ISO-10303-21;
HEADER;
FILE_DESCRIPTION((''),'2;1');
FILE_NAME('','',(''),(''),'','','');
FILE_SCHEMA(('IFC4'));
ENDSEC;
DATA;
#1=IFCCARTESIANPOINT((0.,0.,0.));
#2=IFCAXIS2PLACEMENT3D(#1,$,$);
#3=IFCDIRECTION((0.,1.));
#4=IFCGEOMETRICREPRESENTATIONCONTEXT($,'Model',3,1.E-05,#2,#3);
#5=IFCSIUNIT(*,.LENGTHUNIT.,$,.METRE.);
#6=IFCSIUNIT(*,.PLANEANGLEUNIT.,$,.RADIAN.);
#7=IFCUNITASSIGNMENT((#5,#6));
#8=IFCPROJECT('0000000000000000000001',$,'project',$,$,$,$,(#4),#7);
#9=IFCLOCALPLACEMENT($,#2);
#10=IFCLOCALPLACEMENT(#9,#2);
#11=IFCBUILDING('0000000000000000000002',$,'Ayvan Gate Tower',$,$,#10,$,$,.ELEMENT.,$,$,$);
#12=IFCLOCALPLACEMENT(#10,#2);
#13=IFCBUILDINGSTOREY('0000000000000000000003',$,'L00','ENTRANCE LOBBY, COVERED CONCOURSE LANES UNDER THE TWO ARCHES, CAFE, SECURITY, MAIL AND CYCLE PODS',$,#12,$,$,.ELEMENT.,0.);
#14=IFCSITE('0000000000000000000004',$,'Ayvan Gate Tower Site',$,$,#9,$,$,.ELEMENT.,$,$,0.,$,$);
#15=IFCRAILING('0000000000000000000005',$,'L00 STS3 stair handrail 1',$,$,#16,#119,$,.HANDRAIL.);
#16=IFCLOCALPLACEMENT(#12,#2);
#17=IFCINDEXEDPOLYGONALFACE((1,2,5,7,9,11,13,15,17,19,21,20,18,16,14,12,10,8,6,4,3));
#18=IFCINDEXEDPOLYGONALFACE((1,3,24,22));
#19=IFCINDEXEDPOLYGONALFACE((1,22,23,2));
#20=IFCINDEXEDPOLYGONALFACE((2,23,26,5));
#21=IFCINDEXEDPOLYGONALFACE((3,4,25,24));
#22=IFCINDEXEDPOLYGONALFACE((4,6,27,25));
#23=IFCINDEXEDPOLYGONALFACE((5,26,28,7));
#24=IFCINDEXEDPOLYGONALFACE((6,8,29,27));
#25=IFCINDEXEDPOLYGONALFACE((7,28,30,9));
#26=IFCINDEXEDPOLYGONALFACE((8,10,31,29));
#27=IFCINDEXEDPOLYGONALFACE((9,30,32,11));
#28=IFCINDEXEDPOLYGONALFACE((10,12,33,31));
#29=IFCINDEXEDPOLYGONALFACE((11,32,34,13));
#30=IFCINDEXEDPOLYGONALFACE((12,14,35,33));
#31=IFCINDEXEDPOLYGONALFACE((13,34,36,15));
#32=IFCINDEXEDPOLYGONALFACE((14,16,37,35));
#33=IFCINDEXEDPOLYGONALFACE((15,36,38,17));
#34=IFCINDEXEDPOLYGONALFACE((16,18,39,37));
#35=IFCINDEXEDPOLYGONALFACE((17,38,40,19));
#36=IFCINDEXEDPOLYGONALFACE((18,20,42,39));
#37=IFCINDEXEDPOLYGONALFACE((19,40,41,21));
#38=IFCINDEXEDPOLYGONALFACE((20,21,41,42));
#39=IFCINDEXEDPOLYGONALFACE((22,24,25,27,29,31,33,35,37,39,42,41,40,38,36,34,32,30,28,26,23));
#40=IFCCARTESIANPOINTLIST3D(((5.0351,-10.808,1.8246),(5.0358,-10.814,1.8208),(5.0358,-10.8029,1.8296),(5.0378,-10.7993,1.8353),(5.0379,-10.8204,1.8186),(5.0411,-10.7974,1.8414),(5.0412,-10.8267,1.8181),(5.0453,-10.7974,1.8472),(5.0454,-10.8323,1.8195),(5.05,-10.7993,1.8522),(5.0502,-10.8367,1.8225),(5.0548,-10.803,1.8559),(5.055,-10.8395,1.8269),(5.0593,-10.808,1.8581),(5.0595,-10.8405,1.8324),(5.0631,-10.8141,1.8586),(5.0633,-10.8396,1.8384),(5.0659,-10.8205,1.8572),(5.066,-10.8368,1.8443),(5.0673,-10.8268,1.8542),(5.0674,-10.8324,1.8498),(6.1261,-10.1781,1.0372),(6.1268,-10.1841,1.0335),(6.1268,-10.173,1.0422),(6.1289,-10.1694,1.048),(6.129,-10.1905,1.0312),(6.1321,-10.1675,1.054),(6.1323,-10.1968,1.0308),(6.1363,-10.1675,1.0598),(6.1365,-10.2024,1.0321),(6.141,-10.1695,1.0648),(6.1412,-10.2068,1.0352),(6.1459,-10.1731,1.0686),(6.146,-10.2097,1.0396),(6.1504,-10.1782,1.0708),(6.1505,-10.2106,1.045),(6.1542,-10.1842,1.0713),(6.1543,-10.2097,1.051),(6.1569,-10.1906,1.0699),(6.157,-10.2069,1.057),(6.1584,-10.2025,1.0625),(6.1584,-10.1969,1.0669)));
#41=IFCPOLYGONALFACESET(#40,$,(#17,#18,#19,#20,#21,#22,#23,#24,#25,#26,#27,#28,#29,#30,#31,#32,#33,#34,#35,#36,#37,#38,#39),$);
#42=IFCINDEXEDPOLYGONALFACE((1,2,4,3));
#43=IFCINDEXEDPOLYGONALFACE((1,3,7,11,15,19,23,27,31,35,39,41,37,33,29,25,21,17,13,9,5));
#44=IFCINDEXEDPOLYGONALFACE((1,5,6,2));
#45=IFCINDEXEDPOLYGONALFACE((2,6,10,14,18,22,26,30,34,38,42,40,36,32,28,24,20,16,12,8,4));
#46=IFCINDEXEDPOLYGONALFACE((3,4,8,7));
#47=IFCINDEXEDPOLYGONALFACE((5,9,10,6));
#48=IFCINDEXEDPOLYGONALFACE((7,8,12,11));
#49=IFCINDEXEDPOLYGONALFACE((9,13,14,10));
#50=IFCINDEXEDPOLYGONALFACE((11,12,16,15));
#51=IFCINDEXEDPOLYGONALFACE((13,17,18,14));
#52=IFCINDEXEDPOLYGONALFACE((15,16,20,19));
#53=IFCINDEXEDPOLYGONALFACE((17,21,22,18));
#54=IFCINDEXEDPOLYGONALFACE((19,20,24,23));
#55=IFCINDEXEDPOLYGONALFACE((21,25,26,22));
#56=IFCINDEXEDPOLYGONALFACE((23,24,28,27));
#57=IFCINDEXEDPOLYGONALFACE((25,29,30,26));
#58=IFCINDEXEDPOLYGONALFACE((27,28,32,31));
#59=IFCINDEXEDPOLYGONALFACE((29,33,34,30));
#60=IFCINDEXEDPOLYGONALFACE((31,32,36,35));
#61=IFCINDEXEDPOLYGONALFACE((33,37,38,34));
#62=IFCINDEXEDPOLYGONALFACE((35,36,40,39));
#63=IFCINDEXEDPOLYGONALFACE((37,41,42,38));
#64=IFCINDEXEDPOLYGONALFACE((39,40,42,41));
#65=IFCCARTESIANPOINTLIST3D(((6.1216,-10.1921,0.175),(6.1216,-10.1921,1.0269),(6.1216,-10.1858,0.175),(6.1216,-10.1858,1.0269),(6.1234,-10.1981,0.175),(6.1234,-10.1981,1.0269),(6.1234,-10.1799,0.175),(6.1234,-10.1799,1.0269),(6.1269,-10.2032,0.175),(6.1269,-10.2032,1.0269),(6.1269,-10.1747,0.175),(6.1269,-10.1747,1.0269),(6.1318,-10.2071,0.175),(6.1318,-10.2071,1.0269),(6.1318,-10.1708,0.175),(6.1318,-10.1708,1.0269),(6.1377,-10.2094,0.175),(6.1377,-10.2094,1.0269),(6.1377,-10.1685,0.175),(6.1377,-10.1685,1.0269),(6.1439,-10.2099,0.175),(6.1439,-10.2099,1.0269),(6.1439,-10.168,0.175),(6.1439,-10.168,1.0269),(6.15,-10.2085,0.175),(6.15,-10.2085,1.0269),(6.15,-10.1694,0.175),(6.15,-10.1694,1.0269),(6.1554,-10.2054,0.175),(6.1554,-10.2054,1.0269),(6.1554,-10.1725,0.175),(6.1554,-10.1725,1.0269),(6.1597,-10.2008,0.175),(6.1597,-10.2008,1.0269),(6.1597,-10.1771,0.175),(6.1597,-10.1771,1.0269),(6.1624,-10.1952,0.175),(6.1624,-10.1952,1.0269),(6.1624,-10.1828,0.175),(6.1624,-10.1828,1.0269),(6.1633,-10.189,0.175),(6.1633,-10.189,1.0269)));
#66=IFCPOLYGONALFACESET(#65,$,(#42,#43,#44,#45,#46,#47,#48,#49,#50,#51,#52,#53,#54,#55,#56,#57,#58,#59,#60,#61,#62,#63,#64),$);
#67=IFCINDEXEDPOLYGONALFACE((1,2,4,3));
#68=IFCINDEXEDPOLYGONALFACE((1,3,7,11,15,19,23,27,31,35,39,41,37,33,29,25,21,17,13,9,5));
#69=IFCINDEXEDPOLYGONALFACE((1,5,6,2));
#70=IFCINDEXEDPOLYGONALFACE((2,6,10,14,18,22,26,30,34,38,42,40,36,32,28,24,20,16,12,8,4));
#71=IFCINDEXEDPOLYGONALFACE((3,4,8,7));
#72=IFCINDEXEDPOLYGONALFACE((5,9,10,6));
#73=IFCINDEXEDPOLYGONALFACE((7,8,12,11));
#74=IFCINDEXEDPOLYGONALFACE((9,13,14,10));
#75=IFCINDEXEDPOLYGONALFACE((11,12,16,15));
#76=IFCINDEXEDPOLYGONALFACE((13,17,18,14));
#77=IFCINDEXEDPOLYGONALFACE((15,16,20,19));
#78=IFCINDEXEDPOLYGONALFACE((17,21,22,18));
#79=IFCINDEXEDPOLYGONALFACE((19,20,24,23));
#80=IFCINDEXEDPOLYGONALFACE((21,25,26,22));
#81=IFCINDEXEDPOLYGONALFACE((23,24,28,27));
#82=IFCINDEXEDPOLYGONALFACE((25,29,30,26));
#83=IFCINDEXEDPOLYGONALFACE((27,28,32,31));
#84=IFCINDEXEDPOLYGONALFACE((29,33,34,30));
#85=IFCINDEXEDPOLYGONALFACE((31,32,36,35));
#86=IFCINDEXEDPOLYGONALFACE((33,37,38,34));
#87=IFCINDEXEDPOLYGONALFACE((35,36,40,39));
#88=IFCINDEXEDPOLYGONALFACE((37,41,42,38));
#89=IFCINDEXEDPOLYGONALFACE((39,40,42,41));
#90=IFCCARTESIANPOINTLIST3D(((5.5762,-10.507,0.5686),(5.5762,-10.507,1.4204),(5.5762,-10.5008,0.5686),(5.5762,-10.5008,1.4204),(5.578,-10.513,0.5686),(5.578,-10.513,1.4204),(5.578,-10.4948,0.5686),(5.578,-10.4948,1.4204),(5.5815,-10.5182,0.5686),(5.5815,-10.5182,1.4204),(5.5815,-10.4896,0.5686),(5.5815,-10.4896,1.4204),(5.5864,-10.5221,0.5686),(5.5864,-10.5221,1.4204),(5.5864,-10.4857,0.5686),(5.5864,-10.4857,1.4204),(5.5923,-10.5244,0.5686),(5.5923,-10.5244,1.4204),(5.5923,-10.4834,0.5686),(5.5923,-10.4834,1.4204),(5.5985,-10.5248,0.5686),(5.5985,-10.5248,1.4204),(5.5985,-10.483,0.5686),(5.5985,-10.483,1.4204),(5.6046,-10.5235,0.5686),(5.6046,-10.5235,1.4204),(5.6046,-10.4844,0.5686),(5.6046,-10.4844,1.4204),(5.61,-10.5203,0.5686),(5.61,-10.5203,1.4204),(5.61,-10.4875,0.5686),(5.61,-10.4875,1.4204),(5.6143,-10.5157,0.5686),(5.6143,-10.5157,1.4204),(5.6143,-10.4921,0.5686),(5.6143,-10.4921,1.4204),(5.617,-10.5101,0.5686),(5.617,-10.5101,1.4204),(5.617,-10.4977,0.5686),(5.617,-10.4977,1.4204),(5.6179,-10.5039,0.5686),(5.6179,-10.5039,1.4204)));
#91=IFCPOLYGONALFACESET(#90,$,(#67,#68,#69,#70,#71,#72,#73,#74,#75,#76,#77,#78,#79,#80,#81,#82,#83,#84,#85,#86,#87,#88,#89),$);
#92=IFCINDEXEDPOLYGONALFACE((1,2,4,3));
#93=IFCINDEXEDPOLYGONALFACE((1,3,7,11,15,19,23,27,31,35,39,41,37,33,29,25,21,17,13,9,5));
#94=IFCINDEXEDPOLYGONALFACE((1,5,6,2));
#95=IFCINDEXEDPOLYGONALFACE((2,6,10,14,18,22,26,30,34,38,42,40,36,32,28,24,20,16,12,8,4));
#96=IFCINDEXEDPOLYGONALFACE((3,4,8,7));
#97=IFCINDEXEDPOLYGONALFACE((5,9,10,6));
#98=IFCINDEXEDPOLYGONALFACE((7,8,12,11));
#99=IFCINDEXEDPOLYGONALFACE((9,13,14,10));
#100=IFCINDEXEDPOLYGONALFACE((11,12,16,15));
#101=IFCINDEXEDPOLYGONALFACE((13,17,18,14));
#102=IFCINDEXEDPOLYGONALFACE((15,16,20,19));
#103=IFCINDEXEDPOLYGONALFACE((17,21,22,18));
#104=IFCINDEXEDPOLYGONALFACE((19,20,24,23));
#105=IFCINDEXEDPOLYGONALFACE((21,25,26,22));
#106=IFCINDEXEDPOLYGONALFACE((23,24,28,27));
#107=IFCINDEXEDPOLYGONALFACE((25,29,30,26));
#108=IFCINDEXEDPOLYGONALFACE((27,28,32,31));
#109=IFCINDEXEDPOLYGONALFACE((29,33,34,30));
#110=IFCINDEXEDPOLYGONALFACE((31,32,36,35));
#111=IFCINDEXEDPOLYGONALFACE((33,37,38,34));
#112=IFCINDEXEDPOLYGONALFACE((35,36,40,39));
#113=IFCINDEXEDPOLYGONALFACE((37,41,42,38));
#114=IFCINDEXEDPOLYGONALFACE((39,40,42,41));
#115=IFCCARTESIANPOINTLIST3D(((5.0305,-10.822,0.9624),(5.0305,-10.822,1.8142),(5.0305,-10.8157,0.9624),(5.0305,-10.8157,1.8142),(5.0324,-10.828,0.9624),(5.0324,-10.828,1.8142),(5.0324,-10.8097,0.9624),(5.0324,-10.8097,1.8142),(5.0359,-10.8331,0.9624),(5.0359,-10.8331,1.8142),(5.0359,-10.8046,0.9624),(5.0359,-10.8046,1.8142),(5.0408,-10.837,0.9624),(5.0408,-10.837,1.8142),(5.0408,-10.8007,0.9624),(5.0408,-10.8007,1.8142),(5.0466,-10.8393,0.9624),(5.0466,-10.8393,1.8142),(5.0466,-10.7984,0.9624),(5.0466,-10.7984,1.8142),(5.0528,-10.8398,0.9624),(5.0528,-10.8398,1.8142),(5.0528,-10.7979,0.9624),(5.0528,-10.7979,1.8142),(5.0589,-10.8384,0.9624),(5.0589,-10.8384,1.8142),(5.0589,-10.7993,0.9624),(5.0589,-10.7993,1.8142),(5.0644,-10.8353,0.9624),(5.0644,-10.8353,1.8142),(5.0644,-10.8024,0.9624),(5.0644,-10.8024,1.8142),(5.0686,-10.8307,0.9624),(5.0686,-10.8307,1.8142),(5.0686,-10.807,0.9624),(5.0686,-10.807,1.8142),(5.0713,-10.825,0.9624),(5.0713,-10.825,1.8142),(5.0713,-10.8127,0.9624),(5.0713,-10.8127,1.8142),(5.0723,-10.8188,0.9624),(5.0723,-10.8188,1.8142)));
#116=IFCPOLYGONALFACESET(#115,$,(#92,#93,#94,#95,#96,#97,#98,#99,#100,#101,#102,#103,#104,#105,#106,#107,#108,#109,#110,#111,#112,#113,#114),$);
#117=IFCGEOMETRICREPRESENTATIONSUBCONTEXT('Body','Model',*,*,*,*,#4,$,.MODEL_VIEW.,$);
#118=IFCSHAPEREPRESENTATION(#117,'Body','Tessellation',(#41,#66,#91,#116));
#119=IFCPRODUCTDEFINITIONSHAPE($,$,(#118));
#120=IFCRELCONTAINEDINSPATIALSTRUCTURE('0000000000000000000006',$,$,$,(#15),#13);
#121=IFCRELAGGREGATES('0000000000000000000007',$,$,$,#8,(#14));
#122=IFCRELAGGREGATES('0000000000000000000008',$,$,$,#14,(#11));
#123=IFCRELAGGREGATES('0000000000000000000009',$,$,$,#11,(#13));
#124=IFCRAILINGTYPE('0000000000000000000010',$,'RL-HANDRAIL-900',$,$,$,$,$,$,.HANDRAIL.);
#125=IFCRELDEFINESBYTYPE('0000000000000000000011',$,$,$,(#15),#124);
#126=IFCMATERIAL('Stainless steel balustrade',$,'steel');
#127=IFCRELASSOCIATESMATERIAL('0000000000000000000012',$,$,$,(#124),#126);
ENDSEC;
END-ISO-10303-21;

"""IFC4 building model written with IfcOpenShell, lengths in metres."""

from ifc_helpers import new_model, si_unit, direction, frame, origin, origin_2d, place, context, subcontext, project, spatial, circle, extrude, material, type_object, element, save


model = new_model("IFC4")

# Units and contexts
model_context = context("Model", 3, precision=1e-05, world=origin(), true_north=direction((0.0, 1.0)))
body_context = subcontext(model_context, "Body", "Model", "MODEL_VIEW")
ifc_project = project(units=[si_unit("LENGTHUNIT", "METRE"), si_unit("PLANEANGLEUNIT", "RADIAN")], contexts=[model_context])

# Site, building, storey
site_placement = place(None, origin())
site = spatial("IfcSite", under=ifc_project, at=site_placement, Name="Ayvan Gate Tower Site", CompositionType="ELEMENT", RefElevation=0.0)
building_placement = place(site_placement, origin())
building = spatial("IfcBuilding", under=site, at=building_placement, Name="Ayvan Gate Tower", CompositionType="ELEMENT")
storey_placement = place(building_placement, origin())
storey = spatial("IfcBuildingStorey", under=building, at=storey_placement, Name="L00", Description="ENTRANCE LOBBY, COVERED CONCOURSE LANES UNDER THE TWO ARCHES, CAFE, SECURITY, MAIL AND CYCLE PODS", CompositionType="ELEMENT", Elevation=0.0)

# Railing
ifc_material_1 = material(Name="Stainless steel balustrade", Category="steel")
railing_type_1 = type_object("IfcRailingType", Name="RL-HANDRAIL-900", PredefinedType="HANDRAIL", material=ifc_material_1)
railing_1_placement = place(storey_placement, frame((6.1423, -10.189, 0.175)))
element("IfcRailing", 1, at=railing_1_placement, inside=storey, type_object=railing_type_1, Name="L00 STS3 stair handrail 1", PredefinedType="HANDRAIL", context=body_context, shape_type="SweptSolid", body=[
    extrude(circle(Radius=0.0239, at=origin_2d()), frame((0.0, 0.0, 0.876), z_axis=(-0.734411, -0.423983, 0.529979), x_axis=(0.499974, -0.86604, 0.0)), (0.0, 0.0, 1.0), 1.4856),
    extrude(circle(Radius=0.021, at=origin_2d()), origin(), (0.0, 0.0, 1.0), 0.8518),
    extrude(circle(Radius=0.021, at=origin_2d()), frame((-0.5454, -0.3149, 0.3936)), (0.0, 0.0, 1.0), 0.8518),
    extrude(circle(Radius=0.021, at=origin_2d()), frame((-1.0911, -0.6299, 0.7874)), (0.0, 0.0, 1.0), 0.8518),
])

save(model, "model.ifc")
